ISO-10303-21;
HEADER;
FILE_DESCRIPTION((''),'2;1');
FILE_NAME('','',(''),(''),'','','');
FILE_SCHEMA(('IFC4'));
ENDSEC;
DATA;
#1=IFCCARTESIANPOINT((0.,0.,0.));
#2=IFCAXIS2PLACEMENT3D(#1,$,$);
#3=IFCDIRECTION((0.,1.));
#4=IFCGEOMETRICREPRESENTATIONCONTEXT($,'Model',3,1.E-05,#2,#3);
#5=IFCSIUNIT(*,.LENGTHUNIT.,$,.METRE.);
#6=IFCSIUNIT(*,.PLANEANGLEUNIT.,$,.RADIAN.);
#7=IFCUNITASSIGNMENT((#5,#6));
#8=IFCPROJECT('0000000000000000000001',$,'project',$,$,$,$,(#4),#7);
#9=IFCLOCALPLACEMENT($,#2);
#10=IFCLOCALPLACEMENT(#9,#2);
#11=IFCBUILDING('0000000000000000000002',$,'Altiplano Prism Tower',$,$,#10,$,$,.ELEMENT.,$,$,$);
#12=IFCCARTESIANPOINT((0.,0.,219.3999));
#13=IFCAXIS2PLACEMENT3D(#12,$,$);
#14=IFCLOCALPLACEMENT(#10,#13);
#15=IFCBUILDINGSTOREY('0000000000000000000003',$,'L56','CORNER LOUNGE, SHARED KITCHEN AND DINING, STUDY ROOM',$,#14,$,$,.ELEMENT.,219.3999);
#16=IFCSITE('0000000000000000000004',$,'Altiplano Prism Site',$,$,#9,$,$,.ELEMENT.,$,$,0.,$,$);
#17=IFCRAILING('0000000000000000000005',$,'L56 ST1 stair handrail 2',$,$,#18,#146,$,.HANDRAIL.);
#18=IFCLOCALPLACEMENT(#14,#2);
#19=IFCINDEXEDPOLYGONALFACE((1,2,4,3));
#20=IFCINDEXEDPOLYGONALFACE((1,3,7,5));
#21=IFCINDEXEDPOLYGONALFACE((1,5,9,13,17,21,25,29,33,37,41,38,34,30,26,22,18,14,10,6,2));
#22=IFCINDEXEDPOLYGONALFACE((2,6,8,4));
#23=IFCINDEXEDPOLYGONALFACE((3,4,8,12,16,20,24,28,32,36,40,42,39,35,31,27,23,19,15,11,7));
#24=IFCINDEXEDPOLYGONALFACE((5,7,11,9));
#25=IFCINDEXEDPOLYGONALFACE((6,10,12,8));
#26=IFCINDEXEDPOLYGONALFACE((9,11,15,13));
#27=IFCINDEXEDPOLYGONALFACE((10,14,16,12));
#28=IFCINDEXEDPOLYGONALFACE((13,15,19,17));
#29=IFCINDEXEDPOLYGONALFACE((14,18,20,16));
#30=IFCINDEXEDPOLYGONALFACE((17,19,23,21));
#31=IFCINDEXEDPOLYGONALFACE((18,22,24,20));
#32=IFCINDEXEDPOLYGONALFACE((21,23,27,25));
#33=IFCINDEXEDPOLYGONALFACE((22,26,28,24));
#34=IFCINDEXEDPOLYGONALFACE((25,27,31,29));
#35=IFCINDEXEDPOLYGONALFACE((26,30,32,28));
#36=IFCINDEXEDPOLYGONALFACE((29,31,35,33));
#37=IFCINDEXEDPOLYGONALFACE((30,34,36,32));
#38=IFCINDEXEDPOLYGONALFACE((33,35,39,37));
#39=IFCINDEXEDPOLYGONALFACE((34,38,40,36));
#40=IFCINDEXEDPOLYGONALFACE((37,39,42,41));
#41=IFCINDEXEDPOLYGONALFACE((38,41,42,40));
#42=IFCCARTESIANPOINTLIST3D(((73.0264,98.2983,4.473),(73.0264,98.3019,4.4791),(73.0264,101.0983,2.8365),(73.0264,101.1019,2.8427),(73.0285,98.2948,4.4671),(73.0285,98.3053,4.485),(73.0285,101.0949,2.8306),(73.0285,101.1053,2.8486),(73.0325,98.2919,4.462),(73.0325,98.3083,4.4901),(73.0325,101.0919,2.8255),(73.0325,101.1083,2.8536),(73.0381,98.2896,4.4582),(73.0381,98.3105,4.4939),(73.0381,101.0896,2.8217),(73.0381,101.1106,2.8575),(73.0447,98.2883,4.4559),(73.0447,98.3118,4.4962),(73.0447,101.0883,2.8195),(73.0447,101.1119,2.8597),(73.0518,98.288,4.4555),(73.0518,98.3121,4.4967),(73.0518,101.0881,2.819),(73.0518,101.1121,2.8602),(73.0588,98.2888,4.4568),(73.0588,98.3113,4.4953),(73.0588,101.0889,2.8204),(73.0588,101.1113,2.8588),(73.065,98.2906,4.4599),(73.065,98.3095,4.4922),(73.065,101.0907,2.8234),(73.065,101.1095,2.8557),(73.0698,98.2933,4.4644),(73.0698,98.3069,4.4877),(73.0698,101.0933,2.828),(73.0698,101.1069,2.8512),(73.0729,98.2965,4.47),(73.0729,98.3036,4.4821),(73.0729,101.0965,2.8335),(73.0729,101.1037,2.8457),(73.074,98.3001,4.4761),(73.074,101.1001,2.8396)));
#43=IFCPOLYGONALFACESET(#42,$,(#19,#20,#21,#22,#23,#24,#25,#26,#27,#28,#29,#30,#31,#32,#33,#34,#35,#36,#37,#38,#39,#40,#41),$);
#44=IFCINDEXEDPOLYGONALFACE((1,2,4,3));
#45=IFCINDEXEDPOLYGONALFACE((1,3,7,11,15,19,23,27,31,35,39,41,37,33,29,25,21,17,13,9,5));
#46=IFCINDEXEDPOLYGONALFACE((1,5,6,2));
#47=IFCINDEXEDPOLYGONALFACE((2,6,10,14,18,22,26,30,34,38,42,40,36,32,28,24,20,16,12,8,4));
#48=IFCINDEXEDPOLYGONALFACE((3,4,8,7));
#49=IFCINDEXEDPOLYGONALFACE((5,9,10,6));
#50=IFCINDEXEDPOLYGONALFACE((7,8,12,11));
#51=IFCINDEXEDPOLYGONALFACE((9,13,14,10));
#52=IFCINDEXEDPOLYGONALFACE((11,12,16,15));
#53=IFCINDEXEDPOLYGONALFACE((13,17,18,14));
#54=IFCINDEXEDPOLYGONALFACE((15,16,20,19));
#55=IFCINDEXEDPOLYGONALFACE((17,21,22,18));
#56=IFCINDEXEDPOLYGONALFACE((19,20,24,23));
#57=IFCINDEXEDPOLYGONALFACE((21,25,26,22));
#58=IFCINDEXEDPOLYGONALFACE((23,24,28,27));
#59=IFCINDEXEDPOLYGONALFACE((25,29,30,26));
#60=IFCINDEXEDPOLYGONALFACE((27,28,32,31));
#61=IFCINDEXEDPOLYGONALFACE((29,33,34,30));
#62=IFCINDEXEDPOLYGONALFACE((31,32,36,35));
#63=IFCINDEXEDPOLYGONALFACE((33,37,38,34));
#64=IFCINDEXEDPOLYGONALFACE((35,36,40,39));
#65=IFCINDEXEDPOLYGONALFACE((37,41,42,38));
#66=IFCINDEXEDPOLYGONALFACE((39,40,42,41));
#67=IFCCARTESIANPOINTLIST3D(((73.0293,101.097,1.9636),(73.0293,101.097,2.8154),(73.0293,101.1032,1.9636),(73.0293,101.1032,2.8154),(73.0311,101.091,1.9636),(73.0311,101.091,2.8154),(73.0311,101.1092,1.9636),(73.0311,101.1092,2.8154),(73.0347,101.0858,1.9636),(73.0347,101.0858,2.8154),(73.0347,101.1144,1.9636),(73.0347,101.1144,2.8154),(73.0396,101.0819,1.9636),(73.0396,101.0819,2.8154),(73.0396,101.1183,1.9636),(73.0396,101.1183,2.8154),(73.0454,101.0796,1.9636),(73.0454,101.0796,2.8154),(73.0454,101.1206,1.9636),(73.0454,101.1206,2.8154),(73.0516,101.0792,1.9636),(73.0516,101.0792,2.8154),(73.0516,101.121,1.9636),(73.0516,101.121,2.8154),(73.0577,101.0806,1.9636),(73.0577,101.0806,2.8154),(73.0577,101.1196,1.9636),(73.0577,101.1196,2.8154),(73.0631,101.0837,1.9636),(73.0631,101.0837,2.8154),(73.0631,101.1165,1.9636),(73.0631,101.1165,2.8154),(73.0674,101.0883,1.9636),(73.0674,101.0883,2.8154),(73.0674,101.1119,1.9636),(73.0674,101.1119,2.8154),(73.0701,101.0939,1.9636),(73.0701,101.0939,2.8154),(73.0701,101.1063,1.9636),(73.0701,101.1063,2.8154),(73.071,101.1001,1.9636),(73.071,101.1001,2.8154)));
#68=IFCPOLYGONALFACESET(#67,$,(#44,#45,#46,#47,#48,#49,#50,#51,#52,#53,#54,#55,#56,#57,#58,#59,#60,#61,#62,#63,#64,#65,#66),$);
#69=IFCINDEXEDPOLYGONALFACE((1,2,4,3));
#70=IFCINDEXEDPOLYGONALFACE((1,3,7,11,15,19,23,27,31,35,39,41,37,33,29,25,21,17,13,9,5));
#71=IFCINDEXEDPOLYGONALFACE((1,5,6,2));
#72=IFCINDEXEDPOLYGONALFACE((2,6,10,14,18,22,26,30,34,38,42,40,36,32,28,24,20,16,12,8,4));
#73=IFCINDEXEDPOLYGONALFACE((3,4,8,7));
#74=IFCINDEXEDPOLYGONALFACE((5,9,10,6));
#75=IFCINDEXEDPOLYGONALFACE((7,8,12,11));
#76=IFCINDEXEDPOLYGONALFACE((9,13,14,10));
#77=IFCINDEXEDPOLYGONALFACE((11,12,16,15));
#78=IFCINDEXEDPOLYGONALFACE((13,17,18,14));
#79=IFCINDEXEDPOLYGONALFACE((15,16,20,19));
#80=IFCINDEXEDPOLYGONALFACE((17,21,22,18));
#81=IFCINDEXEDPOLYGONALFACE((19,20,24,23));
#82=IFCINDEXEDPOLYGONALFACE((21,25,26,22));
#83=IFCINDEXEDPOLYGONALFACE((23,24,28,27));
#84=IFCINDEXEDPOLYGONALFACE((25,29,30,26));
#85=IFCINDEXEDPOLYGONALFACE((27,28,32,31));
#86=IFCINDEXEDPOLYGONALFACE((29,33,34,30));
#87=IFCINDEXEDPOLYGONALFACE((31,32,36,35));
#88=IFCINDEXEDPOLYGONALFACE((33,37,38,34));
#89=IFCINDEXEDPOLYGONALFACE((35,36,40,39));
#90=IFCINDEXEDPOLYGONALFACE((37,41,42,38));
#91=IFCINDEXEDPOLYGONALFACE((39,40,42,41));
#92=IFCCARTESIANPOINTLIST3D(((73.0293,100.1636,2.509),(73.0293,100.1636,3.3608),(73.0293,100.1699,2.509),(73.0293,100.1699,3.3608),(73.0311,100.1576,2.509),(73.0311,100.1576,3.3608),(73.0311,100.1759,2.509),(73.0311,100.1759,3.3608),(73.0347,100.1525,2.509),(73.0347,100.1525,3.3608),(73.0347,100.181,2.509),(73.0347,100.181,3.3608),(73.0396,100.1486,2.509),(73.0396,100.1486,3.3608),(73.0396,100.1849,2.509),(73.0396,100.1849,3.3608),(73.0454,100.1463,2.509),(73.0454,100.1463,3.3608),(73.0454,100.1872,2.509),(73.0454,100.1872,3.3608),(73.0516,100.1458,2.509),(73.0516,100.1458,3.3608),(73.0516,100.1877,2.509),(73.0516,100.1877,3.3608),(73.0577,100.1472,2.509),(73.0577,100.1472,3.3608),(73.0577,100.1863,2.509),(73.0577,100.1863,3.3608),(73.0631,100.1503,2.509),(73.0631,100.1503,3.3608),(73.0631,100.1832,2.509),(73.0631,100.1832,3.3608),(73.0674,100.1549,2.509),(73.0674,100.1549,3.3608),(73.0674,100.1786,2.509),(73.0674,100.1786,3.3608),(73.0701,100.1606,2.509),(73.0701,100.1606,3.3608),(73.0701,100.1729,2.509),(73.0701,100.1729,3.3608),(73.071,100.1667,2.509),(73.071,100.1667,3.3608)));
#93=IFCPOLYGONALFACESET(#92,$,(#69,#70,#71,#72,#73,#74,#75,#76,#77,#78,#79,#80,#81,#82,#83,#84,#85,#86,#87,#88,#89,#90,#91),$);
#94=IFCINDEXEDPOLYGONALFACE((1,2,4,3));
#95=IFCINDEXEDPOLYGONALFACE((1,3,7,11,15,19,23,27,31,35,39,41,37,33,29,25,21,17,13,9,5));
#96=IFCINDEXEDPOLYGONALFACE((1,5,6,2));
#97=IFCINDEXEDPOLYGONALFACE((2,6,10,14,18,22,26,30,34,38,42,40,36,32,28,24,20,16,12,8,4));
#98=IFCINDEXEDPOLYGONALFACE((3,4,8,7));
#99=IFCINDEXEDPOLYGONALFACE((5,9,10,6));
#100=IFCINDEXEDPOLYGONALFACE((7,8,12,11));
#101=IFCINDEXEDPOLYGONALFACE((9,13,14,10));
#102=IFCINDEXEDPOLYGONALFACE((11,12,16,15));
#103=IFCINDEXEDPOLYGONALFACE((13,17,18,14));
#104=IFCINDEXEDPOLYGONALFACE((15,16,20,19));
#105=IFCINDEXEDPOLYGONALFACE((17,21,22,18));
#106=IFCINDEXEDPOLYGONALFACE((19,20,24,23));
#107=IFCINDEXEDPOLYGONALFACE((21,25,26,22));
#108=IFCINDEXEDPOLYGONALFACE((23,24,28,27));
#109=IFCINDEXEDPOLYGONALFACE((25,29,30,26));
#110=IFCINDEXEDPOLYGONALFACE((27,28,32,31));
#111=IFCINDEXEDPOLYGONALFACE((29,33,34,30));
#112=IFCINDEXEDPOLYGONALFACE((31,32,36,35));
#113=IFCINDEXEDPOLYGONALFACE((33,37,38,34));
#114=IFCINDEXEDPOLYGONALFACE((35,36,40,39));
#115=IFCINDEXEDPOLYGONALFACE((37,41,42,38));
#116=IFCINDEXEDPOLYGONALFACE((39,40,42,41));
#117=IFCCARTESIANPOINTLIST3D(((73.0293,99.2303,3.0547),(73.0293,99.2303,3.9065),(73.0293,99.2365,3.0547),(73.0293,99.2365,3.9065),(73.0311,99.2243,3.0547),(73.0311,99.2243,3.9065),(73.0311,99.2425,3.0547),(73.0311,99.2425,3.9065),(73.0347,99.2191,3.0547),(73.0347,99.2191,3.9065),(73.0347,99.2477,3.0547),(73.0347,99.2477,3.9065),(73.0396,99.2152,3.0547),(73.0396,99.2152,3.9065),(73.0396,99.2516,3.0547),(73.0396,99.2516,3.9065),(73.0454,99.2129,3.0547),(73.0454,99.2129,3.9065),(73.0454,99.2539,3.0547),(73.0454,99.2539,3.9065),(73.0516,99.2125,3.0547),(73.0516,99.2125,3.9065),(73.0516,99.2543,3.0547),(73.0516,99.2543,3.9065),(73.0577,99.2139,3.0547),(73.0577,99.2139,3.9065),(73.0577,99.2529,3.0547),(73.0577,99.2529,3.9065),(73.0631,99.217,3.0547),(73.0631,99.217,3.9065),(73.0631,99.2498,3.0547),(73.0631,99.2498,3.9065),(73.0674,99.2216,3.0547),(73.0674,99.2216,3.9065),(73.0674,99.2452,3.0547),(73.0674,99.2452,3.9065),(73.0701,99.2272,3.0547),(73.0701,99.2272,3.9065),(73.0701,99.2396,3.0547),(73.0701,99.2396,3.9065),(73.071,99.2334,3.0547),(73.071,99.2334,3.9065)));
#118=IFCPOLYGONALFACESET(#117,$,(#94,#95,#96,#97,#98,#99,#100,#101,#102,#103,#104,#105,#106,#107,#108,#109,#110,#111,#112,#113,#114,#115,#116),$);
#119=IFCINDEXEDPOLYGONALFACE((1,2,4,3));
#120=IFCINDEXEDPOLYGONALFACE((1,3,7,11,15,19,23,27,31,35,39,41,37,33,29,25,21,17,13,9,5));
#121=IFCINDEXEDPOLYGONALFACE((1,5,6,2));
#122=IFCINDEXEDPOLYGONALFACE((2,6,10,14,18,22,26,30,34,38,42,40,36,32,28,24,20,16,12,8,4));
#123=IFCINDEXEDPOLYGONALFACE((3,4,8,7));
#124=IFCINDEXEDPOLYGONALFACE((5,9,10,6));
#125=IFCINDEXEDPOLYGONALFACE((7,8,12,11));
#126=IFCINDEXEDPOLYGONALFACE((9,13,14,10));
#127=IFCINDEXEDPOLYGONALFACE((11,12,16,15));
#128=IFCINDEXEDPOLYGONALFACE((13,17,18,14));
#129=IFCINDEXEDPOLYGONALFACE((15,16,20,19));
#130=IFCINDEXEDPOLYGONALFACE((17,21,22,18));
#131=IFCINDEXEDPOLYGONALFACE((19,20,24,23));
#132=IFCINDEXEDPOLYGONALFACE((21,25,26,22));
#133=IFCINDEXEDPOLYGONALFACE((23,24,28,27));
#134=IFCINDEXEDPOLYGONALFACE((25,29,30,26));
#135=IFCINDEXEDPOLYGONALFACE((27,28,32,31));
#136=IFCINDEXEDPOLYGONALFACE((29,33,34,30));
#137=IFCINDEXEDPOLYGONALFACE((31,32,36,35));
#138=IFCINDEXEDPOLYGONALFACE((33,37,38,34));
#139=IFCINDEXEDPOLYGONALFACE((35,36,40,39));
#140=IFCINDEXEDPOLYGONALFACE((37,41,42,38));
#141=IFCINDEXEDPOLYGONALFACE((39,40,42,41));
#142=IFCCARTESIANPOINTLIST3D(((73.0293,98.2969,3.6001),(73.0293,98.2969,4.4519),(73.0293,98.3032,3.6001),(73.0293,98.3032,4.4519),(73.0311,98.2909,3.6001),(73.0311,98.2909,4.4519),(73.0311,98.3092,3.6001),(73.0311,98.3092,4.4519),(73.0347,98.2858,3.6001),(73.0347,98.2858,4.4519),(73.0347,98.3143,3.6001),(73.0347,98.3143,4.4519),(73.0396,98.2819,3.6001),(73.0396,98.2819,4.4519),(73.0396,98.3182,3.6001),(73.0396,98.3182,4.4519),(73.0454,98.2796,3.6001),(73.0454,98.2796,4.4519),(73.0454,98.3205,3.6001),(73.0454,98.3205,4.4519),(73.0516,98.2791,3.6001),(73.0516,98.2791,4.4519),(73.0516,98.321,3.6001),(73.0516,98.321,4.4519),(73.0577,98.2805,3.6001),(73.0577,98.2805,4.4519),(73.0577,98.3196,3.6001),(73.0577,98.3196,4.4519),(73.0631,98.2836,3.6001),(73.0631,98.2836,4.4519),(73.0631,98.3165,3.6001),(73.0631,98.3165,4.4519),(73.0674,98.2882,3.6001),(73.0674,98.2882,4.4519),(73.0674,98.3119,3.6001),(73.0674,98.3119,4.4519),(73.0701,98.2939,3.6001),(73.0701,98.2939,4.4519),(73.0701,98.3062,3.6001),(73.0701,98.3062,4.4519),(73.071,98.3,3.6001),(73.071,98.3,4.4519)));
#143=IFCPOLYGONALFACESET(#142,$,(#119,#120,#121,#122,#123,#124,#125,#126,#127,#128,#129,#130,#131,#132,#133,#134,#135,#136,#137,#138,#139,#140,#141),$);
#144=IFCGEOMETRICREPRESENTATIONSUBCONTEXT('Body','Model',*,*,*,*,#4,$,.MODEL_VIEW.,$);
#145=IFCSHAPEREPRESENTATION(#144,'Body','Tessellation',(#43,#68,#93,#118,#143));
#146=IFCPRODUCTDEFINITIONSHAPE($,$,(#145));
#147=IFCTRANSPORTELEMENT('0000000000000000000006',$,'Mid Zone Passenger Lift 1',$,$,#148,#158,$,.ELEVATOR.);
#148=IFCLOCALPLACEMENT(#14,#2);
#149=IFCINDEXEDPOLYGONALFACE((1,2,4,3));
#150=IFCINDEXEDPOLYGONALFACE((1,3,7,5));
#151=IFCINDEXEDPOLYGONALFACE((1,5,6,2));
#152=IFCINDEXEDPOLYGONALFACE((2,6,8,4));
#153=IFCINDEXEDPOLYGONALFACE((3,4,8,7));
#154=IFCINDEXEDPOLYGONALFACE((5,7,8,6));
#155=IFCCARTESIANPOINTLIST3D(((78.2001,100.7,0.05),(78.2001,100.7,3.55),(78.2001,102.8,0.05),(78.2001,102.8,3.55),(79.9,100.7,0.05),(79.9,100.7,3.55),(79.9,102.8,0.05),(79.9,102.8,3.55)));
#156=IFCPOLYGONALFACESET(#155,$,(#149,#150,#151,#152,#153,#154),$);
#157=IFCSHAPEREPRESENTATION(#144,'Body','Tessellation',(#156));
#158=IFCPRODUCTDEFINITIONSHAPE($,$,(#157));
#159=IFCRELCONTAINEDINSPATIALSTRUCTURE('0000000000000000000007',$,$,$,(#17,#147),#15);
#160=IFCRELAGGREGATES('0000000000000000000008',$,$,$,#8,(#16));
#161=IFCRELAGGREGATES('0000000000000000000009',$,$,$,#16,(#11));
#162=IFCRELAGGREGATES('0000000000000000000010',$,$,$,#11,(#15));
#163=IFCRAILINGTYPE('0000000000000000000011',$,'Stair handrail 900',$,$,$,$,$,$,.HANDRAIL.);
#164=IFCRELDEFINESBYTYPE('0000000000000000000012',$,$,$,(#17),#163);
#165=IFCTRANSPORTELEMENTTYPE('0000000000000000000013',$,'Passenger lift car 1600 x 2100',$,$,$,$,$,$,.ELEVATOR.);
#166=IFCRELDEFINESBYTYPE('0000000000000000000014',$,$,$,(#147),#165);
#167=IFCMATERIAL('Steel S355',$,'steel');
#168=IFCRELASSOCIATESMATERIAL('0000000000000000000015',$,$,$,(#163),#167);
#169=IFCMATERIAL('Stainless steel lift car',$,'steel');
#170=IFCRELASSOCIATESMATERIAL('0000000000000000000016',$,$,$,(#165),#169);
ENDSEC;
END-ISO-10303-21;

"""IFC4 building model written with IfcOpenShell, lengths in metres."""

from ifc_helpers import new_model, si_unit, direction, frame, origin, origin_2d, place, context, subcontext, project, spatial, rectangle, circle, extrude, material, type_object, element, save


model = new_model("IFC4")

# Units and contexts
model_context = context("Model", 3, precision=1e-05, world=origin(), true_north=direction((0.0, 1.0)))
body_context = subcontext(model_context, "Body", "Model", "MODEL_VIEW")
ifc_project = project(units=[si_unit("LENGTHUNIT", "METRE"), si_unit("PLANEANGLEUNIT", "RADIAN")], contexts=[model_context])

# Site, building, storey
site_placement = place(None, origin())
site = spatial("IfcSite", under=ifc_project, at=site_placement, Name="Altiplano Prism Site", CompositionType="ELEMENT", RefElevation=0.0)
building_placement = place(site_placement, origin())
building = spatial("IfcBuilding", under=site, at=building_placement, Name="Altiplano Prism Tower", CompositionType="ELEMENT")
storey_placement = place(building_placement, frame((0.0, 0.0, 219.3999)))
storey = spatial("IfcBuildingStorey", under=building, at=storey_placement, Name="L56", Description="CORNER LOUNGE, SHARED KITCHEN AND DINING, STUDY ROOM", CompositionType="ELEMENT", Elevation=219.3999)

# Shared definitions
ifc_material_1 = material(Name="Steel S355", Category="steel")

# Railing
railing_type_1 = type_object("IfcRailingType", Name="Stair handrail 900", PredefinedType="HANDRAIL", material=ifc_material_1)
railing_1_placement = place(storey_placement, frame((73.05, 101.1001, 1.9636)))
element("IfcRailing", 1, at=railing_1_placement, inside=storey, type_object=railing_type_1, Name="L56 ST1 stair handrail 2", PredefinedType="HANDRAIL", context=body_context, shape_type="SweptSolid", body=[
    extrude(circle(Radius=0.0239, at=origin_2d()), frame((0.0, 0.0, 0.876), z_axis=(0.0, -0.863361, 0.504587), x_axis=(1.0, 0.0, 0.0)), (0.0, 0.0, 1.0), 3.2432),
    extrude(circle(Radius=0.021, at=origin_2d()), origin(), (0.0, 0.0, 1.0), 0.8518),
    extrude(circle(Radius=0.021, at=origin_2d()), frame((0.0, -0.9333, 0.5454)), (0.0, 0.0, 1.0), 0.8518),
    extrude(circle(Radius=0.021, at=origin_2d()), frame((0.0, -1.8667, 1.0911)), (0.0, 0.0, 1.0), 0.8518),
    extrude(circle(Radius=0.021, at=origin_2d()), frame((0.0, -2.8, 1.6365)), (0.0, 0.0, 1.0), 0.8518),
])

# Transport element
ifc_material_2 = material(Name="Stainless steel lift car", Category="steel")
transport_element_type = type_object("IfcTransportElementType", Name="Passenger lift car 1600 x 2100", PredefinedType="ELEVATOR", material=ifc_material_2)
transport_element_placement = place(storey_placement, frame((79.05, 101.75, 0.05), z_axis=(0.0, 0.0, 1.0), x_axis=(1.0, 0.0, 0.0)))
element("IfcTransportElement", 2, at=transport_element_placement, inside=storey, type_object=transport_element_type, Name="Mid Zone Passenger Lift 1", PredefinedType="ELEVATOR", context=body_context, shape_type="SweptSolid", body=[
    extrude(rectangle(XDim=1.7, YDim=2.1001, at=origin_2d()), origin(), (0.0, 0.0, 1.0), 3.5),
])

save(model, "model.ifc")
